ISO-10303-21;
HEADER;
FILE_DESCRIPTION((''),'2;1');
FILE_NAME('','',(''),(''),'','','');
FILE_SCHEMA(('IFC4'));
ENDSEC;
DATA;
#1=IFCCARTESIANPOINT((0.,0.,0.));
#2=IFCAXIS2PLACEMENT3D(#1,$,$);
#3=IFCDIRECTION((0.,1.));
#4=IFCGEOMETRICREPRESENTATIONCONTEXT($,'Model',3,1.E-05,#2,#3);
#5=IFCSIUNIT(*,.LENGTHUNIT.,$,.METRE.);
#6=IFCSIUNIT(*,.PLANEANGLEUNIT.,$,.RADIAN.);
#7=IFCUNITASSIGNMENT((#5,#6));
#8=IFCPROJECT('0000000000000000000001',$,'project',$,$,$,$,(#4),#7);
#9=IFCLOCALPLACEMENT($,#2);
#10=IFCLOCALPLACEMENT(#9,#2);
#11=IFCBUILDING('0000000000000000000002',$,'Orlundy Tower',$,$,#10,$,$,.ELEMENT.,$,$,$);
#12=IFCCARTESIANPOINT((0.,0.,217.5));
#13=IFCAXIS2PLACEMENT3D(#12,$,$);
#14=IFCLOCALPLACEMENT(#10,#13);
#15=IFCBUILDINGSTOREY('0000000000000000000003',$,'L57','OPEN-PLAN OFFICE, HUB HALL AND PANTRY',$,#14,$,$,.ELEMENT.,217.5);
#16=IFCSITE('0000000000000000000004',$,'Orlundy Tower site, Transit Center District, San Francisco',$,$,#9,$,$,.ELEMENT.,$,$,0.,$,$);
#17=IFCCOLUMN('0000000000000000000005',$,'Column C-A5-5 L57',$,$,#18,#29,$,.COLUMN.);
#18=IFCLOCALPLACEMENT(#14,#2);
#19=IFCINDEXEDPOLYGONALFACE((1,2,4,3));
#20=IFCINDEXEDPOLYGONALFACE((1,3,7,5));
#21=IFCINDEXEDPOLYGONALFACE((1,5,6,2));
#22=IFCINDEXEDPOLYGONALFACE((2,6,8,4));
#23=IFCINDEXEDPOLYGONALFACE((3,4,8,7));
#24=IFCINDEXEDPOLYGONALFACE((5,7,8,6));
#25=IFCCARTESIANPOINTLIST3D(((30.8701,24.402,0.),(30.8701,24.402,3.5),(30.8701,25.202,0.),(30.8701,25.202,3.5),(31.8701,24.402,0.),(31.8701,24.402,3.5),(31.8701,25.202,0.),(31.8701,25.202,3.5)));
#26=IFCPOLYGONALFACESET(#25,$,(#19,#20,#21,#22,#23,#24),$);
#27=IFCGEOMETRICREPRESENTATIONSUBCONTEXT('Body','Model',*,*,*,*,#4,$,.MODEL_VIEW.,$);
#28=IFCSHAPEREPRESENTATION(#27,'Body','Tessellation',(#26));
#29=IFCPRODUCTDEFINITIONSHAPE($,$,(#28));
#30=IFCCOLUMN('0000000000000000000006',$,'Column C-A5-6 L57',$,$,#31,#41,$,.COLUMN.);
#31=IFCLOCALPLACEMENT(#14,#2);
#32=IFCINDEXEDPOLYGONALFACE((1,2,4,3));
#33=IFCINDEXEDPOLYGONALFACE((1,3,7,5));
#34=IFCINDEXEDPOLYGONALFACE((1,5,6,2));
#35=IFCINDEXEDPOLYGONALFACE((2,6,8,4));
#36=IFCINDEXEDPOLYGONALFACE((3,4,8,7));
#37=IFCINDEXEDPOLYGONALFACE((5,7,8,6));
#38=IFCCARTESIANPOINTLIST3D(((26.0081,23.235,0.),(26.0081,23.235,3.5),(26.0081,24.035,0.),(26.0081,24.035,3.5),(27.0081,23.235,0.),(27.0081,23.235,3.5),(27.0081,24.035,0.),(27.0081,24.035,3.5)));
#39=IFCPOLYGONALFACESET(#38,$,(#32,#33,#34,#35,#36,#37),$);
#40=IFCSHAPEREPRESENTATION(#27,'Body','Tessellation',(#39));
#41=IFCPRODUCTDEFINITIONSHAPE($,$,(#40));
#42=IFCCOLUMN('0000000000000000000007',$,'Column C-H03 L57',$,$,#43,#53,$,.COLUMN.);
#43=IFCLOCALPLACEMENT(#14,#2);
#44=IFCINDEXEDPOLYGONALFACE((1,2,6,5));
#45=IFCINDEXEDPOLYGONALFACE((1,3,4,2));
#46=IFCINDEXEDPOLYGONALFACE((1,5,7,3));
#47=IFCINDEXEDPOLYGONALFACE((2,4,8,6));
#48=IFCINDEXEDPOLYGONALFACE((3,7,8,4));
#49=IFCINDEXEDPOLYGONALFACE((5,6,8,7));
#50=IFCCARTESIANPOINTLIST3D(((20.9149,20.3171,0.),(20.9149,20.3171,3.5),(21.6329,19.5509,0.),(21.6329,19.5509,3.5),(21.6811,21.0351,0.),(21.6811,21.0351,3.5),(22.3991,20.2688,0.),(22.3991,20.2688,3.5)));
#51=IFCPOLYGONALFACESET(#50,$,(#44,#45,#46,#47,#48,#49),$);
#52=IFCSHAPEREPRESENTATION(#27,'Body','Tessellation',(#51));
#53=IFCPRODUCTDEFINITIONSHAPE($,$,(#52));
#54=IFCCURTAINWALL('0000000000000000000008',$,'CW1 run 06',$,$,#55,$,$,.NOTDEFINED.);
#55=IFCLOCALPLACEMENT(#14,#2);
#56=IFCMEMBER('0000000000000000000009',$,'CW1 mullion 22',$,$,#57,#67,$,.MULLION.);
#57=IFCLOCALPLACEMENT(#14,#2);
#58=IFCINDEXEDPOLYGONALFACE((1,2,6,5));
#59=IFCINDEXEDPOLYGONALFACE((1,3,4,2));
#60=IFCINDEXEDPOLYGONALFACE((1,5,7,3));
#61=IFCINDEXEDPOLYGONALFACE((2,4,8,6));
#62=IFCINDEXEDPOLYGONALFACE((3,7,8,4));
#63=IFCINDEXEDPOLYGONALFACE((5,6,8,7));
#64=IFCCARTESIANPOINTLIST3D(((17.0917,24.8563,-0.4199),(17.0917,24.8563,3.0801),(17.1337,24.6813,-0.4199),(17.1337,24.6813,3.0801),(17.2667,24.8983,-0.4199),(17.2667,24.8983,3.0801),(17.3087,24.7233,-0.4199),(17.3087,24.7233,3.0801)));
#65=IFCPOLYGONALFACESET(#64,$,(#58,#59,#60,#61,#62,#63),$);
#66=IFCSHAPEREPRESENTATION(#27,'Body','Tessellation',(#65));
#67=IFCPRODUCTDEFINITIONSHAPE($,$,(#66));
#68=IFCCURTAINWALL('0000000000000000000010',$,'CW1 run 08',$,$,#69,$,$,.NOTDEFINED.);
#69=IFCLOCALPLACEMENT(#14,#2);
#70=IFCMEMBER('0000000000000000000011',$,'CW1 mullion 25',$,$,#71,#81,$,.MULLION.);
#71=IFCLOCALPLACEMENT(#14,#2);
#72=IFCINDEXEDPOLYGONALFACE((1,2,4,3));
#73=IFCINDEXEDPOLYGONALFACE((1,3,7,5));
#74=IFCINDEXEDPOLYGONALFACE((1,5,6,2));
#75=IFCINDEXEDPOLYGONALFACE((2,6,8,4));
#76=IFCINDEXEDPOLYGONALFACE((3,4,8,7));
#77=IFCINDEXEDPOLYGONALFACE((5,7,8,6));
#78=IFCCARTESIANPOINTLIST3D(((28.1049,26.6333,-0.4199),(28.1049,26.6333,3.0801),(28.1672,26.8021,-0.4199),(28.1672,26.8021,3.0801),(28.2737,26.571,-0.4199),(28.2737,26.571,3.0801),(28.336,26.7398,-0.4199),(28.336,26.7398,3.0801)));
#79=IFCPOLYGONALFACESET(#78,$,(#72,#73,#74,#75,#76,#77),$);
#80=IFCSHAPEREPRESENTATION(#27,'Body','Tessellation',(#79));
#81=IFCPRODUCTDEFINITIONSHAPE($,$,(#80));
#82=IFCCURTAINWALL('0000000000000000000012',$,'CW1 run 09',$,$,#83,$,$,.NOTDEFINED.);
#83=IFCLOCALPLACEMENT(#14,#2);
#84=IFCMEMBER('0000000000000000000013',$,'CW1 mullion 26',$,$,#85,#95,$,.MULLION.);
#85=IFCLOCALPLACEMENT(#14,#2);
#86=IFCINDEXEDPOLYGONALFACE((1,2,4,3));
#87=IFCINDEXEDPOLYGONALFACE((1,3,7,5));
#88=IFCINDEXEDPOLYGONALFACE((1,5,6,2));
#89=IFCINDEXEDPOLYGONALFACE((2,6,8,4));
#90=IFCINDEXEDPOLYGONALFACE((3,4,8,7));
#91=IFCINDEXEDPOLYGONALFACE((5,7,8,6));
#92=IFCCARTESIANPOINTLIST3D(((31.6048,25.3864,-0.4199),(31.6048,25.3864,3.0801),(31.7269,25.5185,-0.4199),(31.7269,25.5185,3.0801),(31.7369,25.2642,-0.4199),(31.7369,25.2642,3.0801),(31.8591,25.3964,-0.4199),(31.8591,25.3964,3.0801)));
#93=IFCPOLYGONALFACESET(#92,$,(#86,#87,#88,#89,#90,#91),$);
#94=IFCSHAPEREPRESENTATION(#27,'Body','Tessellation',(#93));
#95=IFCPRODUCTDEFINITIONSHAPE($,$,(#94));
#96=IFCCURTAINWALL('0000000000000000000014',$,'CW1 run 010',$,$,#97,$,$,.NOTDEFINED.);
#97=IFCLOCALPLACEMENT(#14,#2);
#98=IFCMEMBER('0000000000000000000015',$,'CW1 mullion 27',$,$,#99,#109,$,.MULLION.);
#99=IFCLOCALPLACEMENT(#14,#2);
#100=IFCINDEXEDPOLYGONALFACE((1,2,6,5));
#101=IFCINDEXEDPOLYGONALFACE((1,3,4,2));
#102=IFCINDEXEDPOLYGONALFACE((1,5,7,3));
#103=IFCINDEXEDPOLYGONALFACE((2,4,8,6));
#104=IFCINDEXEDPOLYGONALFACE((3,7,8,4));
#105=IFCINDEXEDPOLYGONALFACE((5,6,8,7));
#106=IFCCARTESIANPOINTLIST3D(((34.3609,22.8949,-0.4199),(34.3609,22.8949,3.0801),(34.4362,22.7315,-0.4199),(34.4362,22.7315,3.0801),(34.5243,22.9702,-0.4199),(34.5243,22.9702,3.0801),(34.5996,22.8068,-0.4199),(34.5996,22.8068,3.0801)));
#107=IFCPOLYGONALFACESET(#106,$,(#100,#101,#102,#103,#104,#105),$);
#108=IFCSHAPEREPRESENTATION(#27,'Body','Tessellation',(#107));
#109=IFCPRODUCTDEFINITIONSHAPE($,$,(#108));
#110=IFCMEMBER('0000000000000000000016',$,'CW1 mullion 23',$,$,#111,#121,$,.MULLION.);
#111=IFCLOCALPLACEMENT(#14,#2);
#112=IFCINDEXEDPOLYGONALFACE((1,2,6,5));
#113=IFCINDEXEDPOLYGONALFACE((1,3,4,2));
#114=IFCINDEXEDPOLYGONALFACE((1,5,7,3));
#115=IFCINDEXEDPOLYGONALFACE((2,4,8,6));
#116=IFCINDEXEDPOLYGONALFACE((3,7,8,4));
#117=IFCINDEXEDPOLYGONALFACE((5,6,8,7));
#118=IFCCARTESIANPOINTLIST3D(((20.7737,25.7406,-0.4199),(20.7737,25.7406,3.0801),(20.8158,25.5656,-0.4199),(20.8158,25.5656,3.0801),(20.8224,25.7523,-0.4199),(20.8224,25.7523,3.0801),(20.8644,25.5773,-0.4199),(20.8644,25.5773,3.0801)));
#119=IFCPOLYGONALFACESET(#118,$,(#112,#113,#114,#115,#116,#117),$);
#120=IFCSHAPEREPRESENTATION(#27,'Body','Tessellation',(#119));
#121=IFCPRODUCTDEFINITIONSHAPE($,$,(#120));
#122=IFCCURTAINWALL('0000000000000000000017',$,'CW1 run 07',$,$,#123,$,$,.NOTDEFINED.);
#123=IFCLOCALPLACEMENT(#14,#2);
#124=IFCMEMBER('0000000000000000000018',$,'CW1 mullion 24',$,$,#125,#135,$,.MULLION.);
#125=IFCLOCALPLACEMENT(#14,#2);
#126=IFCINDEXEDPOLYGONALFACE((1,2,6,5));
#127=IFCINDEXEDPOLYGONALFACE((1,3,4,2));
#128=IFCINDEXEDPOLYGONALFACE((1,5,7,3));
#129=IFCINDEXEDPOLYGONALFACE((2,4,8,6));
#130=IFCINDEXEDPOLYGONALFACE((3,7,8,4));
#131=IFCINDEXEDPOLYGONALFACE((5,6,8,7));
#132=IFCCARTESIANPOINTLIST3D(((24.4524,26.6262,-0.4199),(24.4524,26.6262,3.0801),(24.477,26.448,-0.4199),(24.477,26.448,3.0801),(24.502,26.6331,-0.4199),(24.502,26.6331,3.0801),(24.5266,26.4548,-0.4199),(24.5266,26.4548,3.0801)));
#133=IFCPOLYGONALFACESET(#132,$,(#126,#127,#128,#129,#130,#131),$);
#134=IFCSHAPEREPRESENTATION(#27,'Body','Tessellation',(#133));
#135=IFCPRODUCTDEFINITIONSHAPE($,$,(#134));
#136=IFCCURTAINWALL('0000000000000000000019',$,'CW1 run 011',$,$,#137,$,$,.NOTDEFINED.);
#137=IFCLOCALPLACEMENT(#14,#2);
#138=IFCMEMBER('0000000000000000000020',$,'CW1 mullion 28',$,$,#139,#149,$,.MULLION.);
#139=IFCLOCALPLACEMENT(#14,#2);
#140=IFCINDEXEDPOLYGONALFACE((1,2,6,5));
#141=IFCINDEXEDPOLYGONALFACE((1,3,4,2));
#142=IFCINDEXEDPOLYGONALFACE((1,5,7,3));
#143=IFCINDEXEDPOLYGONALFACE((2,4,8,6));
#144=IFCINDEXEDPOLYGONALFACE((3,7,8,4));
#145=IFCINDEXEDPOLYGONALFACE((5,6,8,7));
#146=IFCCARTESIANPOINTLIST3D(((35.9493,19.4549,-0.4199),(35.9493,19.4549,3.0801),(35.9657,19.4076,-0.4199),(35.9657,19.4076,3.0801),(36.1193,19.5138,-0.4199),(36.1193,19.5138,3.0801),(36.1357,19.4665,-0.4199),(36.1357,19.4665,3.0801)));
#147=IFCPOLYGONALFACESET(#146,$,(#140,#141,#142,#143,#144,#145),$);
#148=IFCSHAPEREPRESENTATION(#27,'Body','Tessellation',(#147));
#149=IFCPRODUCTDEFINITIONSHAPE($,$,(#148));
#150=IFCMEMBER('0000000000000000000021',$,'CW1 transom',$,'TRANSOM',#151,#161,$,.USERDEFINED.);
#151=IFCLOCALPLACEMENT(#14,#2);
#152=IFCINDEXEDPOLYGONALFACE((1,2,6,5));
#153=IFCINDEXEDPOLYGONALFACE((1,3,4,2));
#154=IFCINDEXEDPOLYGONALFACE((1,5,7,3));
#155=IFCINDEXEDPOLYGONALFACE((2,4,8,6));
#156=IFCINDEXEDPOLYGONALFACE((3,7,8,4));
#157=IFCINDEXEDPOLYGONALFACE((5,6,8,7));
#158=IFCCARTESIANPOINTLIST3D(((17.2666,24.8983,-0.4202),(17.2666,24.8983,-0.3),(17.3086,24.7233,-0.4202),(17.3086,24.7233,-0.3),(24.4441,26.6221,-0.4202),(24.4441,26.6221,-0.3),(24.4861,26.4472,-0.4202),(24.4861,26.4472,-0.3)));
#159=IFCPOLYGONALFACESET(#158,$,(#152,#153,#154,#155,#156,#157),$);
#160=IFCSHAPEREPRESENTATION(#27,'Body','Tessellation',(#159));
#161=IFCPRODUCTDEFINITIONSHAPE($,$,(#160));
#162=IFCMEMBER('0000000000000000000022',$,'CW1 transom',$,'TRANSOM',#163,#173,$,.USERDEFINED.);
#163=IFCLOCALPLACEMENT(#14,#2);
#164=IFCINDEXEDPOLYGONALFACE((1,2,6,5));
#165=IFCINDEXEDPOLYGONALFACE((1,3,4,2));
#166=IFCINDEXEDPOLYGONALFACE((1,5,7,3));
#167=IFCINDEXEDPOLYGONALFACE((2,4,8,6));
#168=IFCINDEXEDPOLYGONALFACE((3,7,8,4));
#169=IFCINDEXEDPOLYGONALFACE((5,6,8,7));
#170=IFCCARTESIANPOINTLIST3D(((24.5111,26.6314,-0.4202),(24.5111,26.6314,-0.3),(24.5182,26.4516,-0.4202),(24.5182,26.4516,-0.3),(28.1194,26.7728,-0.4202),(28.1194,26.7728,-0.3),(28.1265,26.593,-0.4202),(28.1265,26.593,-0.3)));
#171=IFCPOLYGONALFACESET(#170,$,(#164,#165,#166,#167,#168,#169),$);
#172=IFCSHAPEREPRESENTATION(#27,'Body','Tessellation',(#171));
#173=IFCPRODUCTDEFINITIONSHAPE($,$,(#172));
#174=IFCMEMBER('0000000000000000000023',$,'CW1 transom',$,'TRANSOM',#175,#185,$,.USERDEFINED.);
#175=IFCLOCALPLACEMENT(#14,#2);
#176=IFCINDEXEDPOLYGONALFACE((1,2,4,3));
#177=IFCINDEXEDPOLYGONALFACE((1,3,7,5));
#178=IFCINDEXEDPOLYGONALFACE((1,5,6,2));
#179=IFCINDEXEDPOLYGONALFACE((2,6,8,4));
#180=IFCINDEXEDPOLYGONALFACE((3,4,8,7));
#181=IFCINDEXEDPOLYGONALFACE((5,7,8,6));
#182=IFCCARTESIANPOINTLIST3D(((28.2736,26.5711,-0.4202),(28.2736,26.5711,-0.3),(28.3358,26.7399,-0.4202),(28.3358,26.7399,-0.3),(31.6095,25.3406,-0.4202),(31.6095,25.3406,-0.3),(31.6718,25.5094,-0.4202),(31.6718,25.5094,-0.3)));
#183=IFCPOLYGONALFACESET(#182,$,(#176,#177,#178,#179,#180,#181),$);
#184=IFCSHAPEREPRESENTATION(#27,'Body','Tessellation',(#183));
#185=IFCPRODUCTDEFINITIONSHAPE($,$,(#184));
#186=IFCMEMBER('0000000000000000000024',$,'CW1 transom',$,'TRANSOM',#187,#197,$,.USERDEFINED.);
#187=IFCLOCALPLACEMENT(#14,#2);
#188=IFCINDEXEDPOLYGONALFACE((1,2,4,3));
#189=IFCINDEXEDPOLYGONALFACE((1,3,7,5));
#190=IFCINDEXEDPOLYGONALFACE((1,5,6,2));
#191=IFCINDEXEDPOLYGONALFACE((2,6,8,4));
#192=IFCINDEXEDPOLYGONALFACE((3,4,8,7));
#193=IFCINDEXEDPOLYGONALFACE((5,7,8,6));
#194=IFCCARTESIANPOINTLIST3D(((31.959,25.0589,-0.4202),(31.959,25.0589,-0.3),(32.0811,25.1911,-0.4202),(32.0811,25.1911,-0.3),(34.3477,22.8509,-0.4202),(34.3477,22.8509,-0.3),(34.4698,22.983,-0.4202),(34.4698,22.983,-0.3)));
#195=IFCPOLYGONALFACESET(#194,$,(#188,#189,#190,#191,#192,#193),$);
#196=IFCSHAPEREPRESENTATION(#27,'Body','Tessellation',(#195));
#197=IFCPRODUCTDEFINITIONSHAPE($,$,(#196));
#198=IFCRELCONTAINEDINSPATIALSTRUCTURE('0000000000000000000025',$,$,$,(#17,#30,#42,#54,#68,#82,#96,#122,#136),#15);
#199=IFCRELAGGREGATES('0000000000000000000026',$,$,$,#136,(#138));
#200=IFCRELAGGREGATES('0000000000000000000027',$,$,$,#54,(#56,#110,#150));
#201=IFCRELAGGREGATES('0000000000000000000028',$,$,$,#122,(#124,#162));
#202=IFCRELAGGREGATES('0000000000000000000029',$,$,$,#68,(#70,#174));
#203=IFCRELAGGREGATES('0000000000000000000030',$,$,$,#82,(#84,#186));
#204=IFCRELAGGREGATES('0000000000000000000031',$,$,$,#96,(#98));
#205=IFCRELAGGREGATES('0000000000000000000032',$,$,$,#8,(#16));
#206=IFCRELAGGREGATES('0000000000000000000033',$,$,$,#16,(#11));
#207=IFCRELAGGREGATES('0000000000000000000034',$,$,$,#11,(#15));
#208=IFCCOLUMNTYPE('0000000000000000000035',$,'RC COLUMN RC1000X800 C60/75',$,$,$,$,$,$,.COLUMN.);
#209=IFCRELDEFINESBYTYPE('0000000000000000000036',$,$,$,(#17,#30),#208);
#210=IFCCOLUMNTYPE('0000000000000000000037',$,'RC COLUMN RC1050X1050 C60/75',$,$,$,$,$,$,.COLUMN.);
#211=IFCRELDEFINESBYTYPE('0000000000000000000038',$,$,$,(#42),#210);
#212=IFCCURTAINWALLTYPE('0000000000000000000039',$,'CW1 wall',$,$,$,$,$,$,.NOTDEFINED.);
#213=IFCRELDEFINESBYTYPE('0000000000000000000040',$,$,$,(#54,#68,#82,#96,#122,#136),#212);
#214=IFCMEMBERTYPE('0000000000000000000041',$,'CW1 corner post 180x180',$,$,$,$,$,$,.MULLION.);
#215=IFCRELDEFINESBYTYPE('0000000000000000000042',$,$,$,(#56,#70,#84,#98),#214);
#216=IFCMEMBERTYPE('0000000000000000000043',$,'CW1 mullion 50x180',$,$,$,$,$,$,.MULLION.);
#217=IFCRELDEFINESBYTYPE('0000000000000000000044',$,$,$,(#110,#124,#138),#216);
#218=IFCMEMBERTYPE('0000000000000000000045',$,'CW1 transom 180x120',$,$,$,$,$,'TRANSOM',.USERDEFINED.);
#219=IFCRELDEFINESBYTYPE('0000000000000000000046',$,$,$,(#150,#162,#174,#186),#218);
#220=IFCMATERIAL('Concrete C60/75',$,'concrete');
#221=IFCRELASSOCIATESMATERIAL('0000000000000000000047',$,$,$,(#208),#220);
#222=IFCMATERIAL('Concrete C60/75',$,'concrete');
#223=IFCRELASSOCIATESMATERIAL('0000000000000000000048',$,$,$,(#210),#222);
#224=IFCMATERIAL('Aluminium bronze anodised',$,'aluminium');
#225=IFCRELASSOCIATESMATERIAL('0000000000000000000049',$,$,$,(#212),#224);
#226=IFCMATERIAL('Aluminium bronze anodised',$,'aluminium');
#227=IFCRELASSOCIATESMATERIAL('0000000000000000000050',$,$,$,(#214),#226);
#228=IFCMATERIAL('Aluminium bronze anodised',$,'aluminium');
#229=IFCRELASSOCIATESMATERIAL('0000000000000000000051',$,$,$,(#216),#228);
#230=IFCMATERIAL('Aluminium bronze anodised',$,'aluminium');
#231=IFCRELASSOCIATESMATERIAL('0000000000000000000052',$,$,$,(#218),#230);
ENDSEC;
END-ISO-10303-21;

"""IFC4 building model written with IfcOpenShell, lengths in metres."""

from ifc_helpers import new_model, si_unit, direction, frame, origin, origin_2d, place, context, subcontext, project, spatial, rectangle, extrude, material, material_profile, profile_set, type_object, element, aggregate, save


model = new_model("IFC4")

# Units and contexts
model_context = context("Model", 3, precision=1e-05, world=origin(), true_north=direction((0.0, 1.0)))
body_context = subcontext(model_context, "Body", "Model", "MODEL_VIEW")
ifc_project = project(units=[si_unit("LENGTHUNIT", "METRE"), si_unit("PLANEANGLEUNIT", "RADIAN")], contexts=[model_context])

# Site, building, storey
site_placement = place(None, origin())
site = spatial("IfcSite", under=ifc_project, at=site_placement, Name="Orlundy Tower site, Transit Center District, San Francisco", CompositionType="ELEMENT", RefElevation=0.0)
building_placement = place(site_placement, origin())
building = spatial("IfcBuilding", under=site, at=building_placement, Name="Orlundy Tower", CompositionType="ELEMENT")
storey_placement = place(building_placement, frame((0.0, 0.0, 217.5)))
storey = spatial("IfcBuildingStorey", under=building, at=storey_placement, Name="L57", Description="OPEN-PLAN OFFICE, HUB HALL AND PANTRY", CompositionType="ELEMENT", Elevation=217.5)

# Columns
ifc_material_1 = material(Name="Concrete C60/75", Category="concrete")
ifc_material_profile_1 = material_profile(ifc_material_1, rectangle(XDim=1.0, YDim=0.8, at=origin_2d()), Name="RC1000X800")
ifc_profile_set_1 = profile_set([ifc_material_profile_1], Name="Concrete C60/75")
column_type_1 = type_object("IfcColumnType", Name="RC COLUMN RC1000X800 C60/75", PredefinedType="COLUMN", material=ifc_profile_set_1)
for number, where, z_axis, x_axis, name in (
    (1, (31.3701, 24.802, 0.0), (0.0, 0.0, 1.0), (1.0, 0.0, 0.0), "Column C-A5-5 L57"),
    (2, (26.5081, 23.635, 0.0), (0.0, 0.0, 1.0), (1.0, 0.0, 0.0), "Column C-A5-6 L57"),
):
    element("IfcColumn", number, at=place(storey_placement, frame(where, z_axis=z_axis, x_axis=x_axis)), inside=storey, type_object=column_type_1, Name=name, PredefinedType="COLUMN", context=body_context, shape_type="SweptSolid", body=[
        extrude(rectangle(XDim=1.0, YDim=0.8, at=origin_2d()), origin(), (0.0, 0.0, 1.0), 3.5),
    ])
ifc_material_2 = material(Name="Concrete C60/75", Category="concrete")
ifc_material_profile_2 = material_profile(ifc_material_2, rectangle(XDim=1.05, YDim=1.05, at=origin_2d()), Name="RC1050X1050")
ifc_profile_set_2 = profile_set([ifc_material_profile_2], Name="Concrete C60/75")
column_type_2 = type_object("IfcColumnType", Name="RC COLUMN RC1050X1050 C60/75", PredefinedType="COLUMN", material=ifc_profile_set_2)
column_placement = place(storey_placement, frame((21.657, 20.293, 0.0), z_axis=(0.0, 0.0, 1.0), x_axis=(0.729709, 0.683758, 0.0)))
element("IfcColumn", 3, at=column_placement, inside=storey, type_object=column_type_2, Name="Column C-H03 L57", PredefinedType="COLUMN", context=body_context, shape_type="SweptSolid", body=[
    extrude(rectangle(XDim=1.05, YDim=1.05, at=origin_2d()), origin(), (0.0, 0.0, 1.0), 3.5),
])

# Curtain walls, members
ifc_material_3 = material(Name="Aluminium bronze anodised", Category="aluminium")
curtain_wall_type = type_object("IfcCurtainWallType", Name="CW1 wall", PredefinedType="NOTDEFINED", material=ifc_material_3)
curtain_wall_1_placement = place(storey_placement, origin())
curtain_wall_1 = element("IfcCurtainWall", 4, at=curtain_wall_1_placement, inside=storey, type_object=curtain_wall_type, Name="CW1 run 06", PredefinedType="NOTDEFINED")
ifc_material_4 = material(Name="Aluminium bronze anodised", Category="aluminium")
ifc_material_profile_3 = material_profile(ifc_material_4, rectangle(XDim=0.1799, YDim=0.1799, at=origin_2d()), Name="CW1 corner post 180x180")
ifc_profile_set_3 = profile_set([ifc_material_profile_3], Name="Aluminium bronze anodised")
member_type_1 = type_object("IfcMemberType", Name="CW1 corner post 180x180", PredefinedType="MULLION", material=ifc_profile_set_3)
member_1_placement = place(storey_placement, frame((17.2002, 24.7898, -0.4199), z_axis=(0.0, 0.0, 1.0), x_axis=(-0.233529, 0.97235, 0.0)))
member_1 = element("IfcMember", 5, at=member_1_placement, type_object=member_type_1, Name="CW1 mullion 22", PredefinedType="MULLION", context=body_context, shape_type="SweptSolid", body=[
    extrude(rectangle(XDim=0.1799, YDim=0.1799, at=origin_2d()), origin(), (0.0, 0.0, 1.0), 3.5),
])
curtain_wall_2_placement = place(storey_placement, origin())
curtain_wall_2 = element("IfcCurtainWall", 6, at=curtain_wall_2_placement, inside=storey, type_object=curtain_wall_type, Name="CW1 run 08", PredefinedType="NOTDEFINED")
member_2_placement = place(storey_placement, frame((28.2205, 26.6865, -0.4199), z_axis=(0.0, 0.0, 1.0), x_axis=(0.346093, 0.9382, 0.0)))
member_2 = element("IfcMember", 7, at=member_2_placement, type_object=member_type_1, Name="CW1 mullion 25", PredefinedType="MULLION", context=body_context, shape_type="SweptSolid", body=[
    extrude(rectangle(XDim=0.1799, YDim=0.1799, at=origin_2d()), origin(), (0.0, 0.0, 1.0), 3.5),
])
curtain_wall_3_placement = place(storey_placement, origin())
curtain_wall_3 = element("IfcCurtainWall", 8, at=curtain_wall_3_placement, inside=storey, type_object=curtain_wall_type, Name="CW1 run 09", PredefinedType="NOTDEFINED")
member_3_placement = place(storey_placement, frame((31.7319, 25.3914, -0.4199), z_axis=(0.0, 0.0, 1.0), x_axis=(0.678773, 0.734348, 0.0)))
member_3 = element("IfcMember", 9, at=member_3_placement, type_object=member_type_1, Name="CW1 mullion 26", PredefinedType="MULLION", context=body_context, shape_type="SweptSolid", body=[
    extrude(rectangle(XDim=0.1799, YDim=0.1799, at=origin_2d()), origin(), (0.0, 0.0, 1.0), 3.5),
])
curtain_wall_4_placement = place(storey_placement, origin())
curtain_wall_4 = element("IfcCurtainWall", 10, at=curtain_wall_4_placement, inside=storey, type_object=curtain_wall_type, Name="CW1 run 010", PredefinedType="NOTDEFINED")
member_4_placement = place(storey_placement, frame((34.4802, 22.8508, -0.4199), z_axis=(0.0, 0.0, 1.0), x_axis=(0.90822, 0.418493, 0.0)))
member_4 = element("IfcMember", 11, at=member_4_placement, type_object=member_type_1, Name="CW1 mullion 27", PredefinedType="MULLION", context=body_context, shape_type="SweptSolid", body=[
    extrude(rectangle(XDim=0.1799, YDim=0.1799, at=origin_2d()), origin(), (0.0, 0.0, 1.0), 3.5),
])

# Member
ifc_material_5 = material(Name="Aluminium bronze anodised", Category="aluminium")
ifc_material_profile_4 = material_profile(ifc_material_5, rectangle(XDim=0.1799, YDim=0.05, at=origin_2d()), Name="CW1 mullion 50x180")
ifc_profile_set_4 = profile_set([ifc_material_profile_4], Name="Aluminium bronze anodised")
member_type_2 = type_object("IfcMemberType", Name="CW1 mullion 50x180", PredefinedType="MULLION", material=ifc_profile_set_4)
member_5_placement = place(storey_placement, frame((20.8191, 25.6589, -0.4199), z_axis=(0.0, 0.0, 1.0), x_axis=(-0.233529, 0.97235, 0.0)))
member_5 = element("IfcMember", 12, at=member_5_placement, type_object=member_type_2, Name="CW1 mullion 23", PredefinedType="MULLION", context=body_context, shape_type="SweptSolid", body=[
    extrude(rectangle(XDim=0.1799, YDim=0.05, at=origin_2d()), origin(), (0.0, 0.0, 1.0), 3.5),
])

# Curtain walls, members
curtain_wall_5_placement = place(storey_placement, origin())
curtain_wall_5 = element("IfcCurtainWall", 13, at=curtain_wall_5_placement, inside=storey, type_object=curtain_wall_type, Name="CW1 run 07", PredefinedType="NOTDEFINED")
member_6_placement = place(storey_placement, frame((24.4895, 26.5405, -0.4199), z_axis=(0.0, 0.0, 1.0), x_axis=(-0.136984, 0.990573, 0.0)))
member_6 = element("IfcMember", 14, at=member_6_placement, type_object=member_type_2, Name="CW1 mullion 24", PredefinedType="MULLION", context=body_context, shape_type="SweptSolid", body=[
    extrude(rectangle(XDim=0.1799, YDim=0.05, at=origin_2d()), origin(), (0.0, 0.0, 1.0), 3.5),
])
curtain_wall_6_placement = place(storey_placement, origin())
curtain_wall_6 = element("IfcCurtainWall", 15, at=curtain_wall_6_placement, inside=storey, type_object=curtain_wall_type, Name="CW1 run 011", PredefinedType="NOTDEFINED")
member_7_placement = place(storey_placement, frame((36.0425, 19.4607, -0.4199), z_axis=(0.0, 0.0, 1.0), x_axis=(0.944832, 0.327557, 0.0)))
member_7 = element("IfcMember", 16, at=member_7_placement, type_object=member_type_2, Name="CW1 mullion 28", PredefinedType="MULLION", context=body_context, shape_type="SweptSolid", body=[
    extrude(rectangle(XDim=0.1799, YDim=0.05, at=origin_2d()), origin(), (0.0, 0.0, 1.0), 3.5),
])
aggregate(curtain_wall_6, [member_7])

# Members
ifc_material_6 = material(Name="Aluminium bronze anodised", Category="aluminium")
ifc_material_profile_5 = material_profile(ifc_material_6, rectangle(XDim=0.1799, YDim=0.1201, at=origin_2d()), Name="CW1 transom 180x120")
ifc_profile_set_5 = profile_set([ifc_material_profile_5], Name="Aluminium bronze anodised")
member_type_3 = type_object("IfcMemberType", Name="CW1 transom 180x120", ElementType="TRANSOM", PredefinedType="USERDEFINED", material=ifc_profile_set_5)
member_8_placement = place(storey_placement, frame((17.2876, 24.8108, -0.3601), z_axis=(0.972348, 0.233537, 0.0), x_axis=(-0.233537, 0.972348, 0.0)))
member_8 = element("IfcMember", 17, at=member_8_placement, type_object=member_type_3, Name="CW1 transom", ObjectType="TRANSOM", PredefinedType="USERDEFINED", context=body_context, shape_type="SweptSolid", body=[
    extrude(rectangle(XDim=0.1799, YDim=0.1201, at=origin_2d()), origin(), (0.0, 0.0, 1.0), 7.3816),
])
member_9_placement = place(storey_placement, frame((24.5146, 26.5415, -0.3601), z_axis=(0.999234, 0.039145, 0.0), x_axis=(-0.039145, 0.999234, 0.0)))
member_9 = element("IfcMember", 18, at=member_9_placement, type_object=member_type_3, Name="CW1 transom", ObjectType="TRANSOM", PredefinedType="USERDEFINED", context=body_context, shape_type="SweptSolid", body=[
    extrude(rectangle(XDim=0.1799, YDim=0.1201, at=origin_2d()), origin(), (0.0, 0.0, 1.0), 3.6111),
])
member_10_placement = place(storey_placement, frame((28.3047, 26.6555, -0.3601), z_axis=(0.938212, -0.346062, 0.0), x_axis=(0.346062, 0.938212, 0.0)))
member_10 = element("IfcMember", 19, at=member_10_placement, type_object=member_type_3, Name="CW1 transom", ObjectType="TRANSOM", PredefinedType="USERDEFINED", context=body_context, shape_type="SweptSolid", body=[
    extrude(rectangle(XDim=0.1799, YDim=0.1201, at=origin_2d()), origin(), (0.0, 0.0, 1.0), 3.5557),
])
member_11_placement = place(storey_placement, frame((32.02, 25.125, -0.3601), z_axis=(0.734331, -0.678791, 0.0), x_axis=(0.678791, 0.734331, 0.0)))
member_11 = element("IfcMember", 20, at=member_11_placement, type_object=member_type_3, Name="CW1 transom", ObjectType="TRANSOM", PredefinedType="USERDEFINED", context=body_context, shape_type="SweptSolid", body=[
    extrude(rectangle(XDim=0.1799, YDim=0.1201, at=origin_2d()), origin(), (0.0, 0.0, 1.0), 3.2529),
])

aggregate(curtain_wall_1, [member_1, member_5, member_8])
aggregate(curtain_wall_5, [member_6, member_9])
aggregate(curtain_wall_2, [member_2, member_10])
aggregate(curtain_wall_3, [member_3, member_11])
aggregate(curtain_wall_4, [member_4])

save(model, "model.ifc")
